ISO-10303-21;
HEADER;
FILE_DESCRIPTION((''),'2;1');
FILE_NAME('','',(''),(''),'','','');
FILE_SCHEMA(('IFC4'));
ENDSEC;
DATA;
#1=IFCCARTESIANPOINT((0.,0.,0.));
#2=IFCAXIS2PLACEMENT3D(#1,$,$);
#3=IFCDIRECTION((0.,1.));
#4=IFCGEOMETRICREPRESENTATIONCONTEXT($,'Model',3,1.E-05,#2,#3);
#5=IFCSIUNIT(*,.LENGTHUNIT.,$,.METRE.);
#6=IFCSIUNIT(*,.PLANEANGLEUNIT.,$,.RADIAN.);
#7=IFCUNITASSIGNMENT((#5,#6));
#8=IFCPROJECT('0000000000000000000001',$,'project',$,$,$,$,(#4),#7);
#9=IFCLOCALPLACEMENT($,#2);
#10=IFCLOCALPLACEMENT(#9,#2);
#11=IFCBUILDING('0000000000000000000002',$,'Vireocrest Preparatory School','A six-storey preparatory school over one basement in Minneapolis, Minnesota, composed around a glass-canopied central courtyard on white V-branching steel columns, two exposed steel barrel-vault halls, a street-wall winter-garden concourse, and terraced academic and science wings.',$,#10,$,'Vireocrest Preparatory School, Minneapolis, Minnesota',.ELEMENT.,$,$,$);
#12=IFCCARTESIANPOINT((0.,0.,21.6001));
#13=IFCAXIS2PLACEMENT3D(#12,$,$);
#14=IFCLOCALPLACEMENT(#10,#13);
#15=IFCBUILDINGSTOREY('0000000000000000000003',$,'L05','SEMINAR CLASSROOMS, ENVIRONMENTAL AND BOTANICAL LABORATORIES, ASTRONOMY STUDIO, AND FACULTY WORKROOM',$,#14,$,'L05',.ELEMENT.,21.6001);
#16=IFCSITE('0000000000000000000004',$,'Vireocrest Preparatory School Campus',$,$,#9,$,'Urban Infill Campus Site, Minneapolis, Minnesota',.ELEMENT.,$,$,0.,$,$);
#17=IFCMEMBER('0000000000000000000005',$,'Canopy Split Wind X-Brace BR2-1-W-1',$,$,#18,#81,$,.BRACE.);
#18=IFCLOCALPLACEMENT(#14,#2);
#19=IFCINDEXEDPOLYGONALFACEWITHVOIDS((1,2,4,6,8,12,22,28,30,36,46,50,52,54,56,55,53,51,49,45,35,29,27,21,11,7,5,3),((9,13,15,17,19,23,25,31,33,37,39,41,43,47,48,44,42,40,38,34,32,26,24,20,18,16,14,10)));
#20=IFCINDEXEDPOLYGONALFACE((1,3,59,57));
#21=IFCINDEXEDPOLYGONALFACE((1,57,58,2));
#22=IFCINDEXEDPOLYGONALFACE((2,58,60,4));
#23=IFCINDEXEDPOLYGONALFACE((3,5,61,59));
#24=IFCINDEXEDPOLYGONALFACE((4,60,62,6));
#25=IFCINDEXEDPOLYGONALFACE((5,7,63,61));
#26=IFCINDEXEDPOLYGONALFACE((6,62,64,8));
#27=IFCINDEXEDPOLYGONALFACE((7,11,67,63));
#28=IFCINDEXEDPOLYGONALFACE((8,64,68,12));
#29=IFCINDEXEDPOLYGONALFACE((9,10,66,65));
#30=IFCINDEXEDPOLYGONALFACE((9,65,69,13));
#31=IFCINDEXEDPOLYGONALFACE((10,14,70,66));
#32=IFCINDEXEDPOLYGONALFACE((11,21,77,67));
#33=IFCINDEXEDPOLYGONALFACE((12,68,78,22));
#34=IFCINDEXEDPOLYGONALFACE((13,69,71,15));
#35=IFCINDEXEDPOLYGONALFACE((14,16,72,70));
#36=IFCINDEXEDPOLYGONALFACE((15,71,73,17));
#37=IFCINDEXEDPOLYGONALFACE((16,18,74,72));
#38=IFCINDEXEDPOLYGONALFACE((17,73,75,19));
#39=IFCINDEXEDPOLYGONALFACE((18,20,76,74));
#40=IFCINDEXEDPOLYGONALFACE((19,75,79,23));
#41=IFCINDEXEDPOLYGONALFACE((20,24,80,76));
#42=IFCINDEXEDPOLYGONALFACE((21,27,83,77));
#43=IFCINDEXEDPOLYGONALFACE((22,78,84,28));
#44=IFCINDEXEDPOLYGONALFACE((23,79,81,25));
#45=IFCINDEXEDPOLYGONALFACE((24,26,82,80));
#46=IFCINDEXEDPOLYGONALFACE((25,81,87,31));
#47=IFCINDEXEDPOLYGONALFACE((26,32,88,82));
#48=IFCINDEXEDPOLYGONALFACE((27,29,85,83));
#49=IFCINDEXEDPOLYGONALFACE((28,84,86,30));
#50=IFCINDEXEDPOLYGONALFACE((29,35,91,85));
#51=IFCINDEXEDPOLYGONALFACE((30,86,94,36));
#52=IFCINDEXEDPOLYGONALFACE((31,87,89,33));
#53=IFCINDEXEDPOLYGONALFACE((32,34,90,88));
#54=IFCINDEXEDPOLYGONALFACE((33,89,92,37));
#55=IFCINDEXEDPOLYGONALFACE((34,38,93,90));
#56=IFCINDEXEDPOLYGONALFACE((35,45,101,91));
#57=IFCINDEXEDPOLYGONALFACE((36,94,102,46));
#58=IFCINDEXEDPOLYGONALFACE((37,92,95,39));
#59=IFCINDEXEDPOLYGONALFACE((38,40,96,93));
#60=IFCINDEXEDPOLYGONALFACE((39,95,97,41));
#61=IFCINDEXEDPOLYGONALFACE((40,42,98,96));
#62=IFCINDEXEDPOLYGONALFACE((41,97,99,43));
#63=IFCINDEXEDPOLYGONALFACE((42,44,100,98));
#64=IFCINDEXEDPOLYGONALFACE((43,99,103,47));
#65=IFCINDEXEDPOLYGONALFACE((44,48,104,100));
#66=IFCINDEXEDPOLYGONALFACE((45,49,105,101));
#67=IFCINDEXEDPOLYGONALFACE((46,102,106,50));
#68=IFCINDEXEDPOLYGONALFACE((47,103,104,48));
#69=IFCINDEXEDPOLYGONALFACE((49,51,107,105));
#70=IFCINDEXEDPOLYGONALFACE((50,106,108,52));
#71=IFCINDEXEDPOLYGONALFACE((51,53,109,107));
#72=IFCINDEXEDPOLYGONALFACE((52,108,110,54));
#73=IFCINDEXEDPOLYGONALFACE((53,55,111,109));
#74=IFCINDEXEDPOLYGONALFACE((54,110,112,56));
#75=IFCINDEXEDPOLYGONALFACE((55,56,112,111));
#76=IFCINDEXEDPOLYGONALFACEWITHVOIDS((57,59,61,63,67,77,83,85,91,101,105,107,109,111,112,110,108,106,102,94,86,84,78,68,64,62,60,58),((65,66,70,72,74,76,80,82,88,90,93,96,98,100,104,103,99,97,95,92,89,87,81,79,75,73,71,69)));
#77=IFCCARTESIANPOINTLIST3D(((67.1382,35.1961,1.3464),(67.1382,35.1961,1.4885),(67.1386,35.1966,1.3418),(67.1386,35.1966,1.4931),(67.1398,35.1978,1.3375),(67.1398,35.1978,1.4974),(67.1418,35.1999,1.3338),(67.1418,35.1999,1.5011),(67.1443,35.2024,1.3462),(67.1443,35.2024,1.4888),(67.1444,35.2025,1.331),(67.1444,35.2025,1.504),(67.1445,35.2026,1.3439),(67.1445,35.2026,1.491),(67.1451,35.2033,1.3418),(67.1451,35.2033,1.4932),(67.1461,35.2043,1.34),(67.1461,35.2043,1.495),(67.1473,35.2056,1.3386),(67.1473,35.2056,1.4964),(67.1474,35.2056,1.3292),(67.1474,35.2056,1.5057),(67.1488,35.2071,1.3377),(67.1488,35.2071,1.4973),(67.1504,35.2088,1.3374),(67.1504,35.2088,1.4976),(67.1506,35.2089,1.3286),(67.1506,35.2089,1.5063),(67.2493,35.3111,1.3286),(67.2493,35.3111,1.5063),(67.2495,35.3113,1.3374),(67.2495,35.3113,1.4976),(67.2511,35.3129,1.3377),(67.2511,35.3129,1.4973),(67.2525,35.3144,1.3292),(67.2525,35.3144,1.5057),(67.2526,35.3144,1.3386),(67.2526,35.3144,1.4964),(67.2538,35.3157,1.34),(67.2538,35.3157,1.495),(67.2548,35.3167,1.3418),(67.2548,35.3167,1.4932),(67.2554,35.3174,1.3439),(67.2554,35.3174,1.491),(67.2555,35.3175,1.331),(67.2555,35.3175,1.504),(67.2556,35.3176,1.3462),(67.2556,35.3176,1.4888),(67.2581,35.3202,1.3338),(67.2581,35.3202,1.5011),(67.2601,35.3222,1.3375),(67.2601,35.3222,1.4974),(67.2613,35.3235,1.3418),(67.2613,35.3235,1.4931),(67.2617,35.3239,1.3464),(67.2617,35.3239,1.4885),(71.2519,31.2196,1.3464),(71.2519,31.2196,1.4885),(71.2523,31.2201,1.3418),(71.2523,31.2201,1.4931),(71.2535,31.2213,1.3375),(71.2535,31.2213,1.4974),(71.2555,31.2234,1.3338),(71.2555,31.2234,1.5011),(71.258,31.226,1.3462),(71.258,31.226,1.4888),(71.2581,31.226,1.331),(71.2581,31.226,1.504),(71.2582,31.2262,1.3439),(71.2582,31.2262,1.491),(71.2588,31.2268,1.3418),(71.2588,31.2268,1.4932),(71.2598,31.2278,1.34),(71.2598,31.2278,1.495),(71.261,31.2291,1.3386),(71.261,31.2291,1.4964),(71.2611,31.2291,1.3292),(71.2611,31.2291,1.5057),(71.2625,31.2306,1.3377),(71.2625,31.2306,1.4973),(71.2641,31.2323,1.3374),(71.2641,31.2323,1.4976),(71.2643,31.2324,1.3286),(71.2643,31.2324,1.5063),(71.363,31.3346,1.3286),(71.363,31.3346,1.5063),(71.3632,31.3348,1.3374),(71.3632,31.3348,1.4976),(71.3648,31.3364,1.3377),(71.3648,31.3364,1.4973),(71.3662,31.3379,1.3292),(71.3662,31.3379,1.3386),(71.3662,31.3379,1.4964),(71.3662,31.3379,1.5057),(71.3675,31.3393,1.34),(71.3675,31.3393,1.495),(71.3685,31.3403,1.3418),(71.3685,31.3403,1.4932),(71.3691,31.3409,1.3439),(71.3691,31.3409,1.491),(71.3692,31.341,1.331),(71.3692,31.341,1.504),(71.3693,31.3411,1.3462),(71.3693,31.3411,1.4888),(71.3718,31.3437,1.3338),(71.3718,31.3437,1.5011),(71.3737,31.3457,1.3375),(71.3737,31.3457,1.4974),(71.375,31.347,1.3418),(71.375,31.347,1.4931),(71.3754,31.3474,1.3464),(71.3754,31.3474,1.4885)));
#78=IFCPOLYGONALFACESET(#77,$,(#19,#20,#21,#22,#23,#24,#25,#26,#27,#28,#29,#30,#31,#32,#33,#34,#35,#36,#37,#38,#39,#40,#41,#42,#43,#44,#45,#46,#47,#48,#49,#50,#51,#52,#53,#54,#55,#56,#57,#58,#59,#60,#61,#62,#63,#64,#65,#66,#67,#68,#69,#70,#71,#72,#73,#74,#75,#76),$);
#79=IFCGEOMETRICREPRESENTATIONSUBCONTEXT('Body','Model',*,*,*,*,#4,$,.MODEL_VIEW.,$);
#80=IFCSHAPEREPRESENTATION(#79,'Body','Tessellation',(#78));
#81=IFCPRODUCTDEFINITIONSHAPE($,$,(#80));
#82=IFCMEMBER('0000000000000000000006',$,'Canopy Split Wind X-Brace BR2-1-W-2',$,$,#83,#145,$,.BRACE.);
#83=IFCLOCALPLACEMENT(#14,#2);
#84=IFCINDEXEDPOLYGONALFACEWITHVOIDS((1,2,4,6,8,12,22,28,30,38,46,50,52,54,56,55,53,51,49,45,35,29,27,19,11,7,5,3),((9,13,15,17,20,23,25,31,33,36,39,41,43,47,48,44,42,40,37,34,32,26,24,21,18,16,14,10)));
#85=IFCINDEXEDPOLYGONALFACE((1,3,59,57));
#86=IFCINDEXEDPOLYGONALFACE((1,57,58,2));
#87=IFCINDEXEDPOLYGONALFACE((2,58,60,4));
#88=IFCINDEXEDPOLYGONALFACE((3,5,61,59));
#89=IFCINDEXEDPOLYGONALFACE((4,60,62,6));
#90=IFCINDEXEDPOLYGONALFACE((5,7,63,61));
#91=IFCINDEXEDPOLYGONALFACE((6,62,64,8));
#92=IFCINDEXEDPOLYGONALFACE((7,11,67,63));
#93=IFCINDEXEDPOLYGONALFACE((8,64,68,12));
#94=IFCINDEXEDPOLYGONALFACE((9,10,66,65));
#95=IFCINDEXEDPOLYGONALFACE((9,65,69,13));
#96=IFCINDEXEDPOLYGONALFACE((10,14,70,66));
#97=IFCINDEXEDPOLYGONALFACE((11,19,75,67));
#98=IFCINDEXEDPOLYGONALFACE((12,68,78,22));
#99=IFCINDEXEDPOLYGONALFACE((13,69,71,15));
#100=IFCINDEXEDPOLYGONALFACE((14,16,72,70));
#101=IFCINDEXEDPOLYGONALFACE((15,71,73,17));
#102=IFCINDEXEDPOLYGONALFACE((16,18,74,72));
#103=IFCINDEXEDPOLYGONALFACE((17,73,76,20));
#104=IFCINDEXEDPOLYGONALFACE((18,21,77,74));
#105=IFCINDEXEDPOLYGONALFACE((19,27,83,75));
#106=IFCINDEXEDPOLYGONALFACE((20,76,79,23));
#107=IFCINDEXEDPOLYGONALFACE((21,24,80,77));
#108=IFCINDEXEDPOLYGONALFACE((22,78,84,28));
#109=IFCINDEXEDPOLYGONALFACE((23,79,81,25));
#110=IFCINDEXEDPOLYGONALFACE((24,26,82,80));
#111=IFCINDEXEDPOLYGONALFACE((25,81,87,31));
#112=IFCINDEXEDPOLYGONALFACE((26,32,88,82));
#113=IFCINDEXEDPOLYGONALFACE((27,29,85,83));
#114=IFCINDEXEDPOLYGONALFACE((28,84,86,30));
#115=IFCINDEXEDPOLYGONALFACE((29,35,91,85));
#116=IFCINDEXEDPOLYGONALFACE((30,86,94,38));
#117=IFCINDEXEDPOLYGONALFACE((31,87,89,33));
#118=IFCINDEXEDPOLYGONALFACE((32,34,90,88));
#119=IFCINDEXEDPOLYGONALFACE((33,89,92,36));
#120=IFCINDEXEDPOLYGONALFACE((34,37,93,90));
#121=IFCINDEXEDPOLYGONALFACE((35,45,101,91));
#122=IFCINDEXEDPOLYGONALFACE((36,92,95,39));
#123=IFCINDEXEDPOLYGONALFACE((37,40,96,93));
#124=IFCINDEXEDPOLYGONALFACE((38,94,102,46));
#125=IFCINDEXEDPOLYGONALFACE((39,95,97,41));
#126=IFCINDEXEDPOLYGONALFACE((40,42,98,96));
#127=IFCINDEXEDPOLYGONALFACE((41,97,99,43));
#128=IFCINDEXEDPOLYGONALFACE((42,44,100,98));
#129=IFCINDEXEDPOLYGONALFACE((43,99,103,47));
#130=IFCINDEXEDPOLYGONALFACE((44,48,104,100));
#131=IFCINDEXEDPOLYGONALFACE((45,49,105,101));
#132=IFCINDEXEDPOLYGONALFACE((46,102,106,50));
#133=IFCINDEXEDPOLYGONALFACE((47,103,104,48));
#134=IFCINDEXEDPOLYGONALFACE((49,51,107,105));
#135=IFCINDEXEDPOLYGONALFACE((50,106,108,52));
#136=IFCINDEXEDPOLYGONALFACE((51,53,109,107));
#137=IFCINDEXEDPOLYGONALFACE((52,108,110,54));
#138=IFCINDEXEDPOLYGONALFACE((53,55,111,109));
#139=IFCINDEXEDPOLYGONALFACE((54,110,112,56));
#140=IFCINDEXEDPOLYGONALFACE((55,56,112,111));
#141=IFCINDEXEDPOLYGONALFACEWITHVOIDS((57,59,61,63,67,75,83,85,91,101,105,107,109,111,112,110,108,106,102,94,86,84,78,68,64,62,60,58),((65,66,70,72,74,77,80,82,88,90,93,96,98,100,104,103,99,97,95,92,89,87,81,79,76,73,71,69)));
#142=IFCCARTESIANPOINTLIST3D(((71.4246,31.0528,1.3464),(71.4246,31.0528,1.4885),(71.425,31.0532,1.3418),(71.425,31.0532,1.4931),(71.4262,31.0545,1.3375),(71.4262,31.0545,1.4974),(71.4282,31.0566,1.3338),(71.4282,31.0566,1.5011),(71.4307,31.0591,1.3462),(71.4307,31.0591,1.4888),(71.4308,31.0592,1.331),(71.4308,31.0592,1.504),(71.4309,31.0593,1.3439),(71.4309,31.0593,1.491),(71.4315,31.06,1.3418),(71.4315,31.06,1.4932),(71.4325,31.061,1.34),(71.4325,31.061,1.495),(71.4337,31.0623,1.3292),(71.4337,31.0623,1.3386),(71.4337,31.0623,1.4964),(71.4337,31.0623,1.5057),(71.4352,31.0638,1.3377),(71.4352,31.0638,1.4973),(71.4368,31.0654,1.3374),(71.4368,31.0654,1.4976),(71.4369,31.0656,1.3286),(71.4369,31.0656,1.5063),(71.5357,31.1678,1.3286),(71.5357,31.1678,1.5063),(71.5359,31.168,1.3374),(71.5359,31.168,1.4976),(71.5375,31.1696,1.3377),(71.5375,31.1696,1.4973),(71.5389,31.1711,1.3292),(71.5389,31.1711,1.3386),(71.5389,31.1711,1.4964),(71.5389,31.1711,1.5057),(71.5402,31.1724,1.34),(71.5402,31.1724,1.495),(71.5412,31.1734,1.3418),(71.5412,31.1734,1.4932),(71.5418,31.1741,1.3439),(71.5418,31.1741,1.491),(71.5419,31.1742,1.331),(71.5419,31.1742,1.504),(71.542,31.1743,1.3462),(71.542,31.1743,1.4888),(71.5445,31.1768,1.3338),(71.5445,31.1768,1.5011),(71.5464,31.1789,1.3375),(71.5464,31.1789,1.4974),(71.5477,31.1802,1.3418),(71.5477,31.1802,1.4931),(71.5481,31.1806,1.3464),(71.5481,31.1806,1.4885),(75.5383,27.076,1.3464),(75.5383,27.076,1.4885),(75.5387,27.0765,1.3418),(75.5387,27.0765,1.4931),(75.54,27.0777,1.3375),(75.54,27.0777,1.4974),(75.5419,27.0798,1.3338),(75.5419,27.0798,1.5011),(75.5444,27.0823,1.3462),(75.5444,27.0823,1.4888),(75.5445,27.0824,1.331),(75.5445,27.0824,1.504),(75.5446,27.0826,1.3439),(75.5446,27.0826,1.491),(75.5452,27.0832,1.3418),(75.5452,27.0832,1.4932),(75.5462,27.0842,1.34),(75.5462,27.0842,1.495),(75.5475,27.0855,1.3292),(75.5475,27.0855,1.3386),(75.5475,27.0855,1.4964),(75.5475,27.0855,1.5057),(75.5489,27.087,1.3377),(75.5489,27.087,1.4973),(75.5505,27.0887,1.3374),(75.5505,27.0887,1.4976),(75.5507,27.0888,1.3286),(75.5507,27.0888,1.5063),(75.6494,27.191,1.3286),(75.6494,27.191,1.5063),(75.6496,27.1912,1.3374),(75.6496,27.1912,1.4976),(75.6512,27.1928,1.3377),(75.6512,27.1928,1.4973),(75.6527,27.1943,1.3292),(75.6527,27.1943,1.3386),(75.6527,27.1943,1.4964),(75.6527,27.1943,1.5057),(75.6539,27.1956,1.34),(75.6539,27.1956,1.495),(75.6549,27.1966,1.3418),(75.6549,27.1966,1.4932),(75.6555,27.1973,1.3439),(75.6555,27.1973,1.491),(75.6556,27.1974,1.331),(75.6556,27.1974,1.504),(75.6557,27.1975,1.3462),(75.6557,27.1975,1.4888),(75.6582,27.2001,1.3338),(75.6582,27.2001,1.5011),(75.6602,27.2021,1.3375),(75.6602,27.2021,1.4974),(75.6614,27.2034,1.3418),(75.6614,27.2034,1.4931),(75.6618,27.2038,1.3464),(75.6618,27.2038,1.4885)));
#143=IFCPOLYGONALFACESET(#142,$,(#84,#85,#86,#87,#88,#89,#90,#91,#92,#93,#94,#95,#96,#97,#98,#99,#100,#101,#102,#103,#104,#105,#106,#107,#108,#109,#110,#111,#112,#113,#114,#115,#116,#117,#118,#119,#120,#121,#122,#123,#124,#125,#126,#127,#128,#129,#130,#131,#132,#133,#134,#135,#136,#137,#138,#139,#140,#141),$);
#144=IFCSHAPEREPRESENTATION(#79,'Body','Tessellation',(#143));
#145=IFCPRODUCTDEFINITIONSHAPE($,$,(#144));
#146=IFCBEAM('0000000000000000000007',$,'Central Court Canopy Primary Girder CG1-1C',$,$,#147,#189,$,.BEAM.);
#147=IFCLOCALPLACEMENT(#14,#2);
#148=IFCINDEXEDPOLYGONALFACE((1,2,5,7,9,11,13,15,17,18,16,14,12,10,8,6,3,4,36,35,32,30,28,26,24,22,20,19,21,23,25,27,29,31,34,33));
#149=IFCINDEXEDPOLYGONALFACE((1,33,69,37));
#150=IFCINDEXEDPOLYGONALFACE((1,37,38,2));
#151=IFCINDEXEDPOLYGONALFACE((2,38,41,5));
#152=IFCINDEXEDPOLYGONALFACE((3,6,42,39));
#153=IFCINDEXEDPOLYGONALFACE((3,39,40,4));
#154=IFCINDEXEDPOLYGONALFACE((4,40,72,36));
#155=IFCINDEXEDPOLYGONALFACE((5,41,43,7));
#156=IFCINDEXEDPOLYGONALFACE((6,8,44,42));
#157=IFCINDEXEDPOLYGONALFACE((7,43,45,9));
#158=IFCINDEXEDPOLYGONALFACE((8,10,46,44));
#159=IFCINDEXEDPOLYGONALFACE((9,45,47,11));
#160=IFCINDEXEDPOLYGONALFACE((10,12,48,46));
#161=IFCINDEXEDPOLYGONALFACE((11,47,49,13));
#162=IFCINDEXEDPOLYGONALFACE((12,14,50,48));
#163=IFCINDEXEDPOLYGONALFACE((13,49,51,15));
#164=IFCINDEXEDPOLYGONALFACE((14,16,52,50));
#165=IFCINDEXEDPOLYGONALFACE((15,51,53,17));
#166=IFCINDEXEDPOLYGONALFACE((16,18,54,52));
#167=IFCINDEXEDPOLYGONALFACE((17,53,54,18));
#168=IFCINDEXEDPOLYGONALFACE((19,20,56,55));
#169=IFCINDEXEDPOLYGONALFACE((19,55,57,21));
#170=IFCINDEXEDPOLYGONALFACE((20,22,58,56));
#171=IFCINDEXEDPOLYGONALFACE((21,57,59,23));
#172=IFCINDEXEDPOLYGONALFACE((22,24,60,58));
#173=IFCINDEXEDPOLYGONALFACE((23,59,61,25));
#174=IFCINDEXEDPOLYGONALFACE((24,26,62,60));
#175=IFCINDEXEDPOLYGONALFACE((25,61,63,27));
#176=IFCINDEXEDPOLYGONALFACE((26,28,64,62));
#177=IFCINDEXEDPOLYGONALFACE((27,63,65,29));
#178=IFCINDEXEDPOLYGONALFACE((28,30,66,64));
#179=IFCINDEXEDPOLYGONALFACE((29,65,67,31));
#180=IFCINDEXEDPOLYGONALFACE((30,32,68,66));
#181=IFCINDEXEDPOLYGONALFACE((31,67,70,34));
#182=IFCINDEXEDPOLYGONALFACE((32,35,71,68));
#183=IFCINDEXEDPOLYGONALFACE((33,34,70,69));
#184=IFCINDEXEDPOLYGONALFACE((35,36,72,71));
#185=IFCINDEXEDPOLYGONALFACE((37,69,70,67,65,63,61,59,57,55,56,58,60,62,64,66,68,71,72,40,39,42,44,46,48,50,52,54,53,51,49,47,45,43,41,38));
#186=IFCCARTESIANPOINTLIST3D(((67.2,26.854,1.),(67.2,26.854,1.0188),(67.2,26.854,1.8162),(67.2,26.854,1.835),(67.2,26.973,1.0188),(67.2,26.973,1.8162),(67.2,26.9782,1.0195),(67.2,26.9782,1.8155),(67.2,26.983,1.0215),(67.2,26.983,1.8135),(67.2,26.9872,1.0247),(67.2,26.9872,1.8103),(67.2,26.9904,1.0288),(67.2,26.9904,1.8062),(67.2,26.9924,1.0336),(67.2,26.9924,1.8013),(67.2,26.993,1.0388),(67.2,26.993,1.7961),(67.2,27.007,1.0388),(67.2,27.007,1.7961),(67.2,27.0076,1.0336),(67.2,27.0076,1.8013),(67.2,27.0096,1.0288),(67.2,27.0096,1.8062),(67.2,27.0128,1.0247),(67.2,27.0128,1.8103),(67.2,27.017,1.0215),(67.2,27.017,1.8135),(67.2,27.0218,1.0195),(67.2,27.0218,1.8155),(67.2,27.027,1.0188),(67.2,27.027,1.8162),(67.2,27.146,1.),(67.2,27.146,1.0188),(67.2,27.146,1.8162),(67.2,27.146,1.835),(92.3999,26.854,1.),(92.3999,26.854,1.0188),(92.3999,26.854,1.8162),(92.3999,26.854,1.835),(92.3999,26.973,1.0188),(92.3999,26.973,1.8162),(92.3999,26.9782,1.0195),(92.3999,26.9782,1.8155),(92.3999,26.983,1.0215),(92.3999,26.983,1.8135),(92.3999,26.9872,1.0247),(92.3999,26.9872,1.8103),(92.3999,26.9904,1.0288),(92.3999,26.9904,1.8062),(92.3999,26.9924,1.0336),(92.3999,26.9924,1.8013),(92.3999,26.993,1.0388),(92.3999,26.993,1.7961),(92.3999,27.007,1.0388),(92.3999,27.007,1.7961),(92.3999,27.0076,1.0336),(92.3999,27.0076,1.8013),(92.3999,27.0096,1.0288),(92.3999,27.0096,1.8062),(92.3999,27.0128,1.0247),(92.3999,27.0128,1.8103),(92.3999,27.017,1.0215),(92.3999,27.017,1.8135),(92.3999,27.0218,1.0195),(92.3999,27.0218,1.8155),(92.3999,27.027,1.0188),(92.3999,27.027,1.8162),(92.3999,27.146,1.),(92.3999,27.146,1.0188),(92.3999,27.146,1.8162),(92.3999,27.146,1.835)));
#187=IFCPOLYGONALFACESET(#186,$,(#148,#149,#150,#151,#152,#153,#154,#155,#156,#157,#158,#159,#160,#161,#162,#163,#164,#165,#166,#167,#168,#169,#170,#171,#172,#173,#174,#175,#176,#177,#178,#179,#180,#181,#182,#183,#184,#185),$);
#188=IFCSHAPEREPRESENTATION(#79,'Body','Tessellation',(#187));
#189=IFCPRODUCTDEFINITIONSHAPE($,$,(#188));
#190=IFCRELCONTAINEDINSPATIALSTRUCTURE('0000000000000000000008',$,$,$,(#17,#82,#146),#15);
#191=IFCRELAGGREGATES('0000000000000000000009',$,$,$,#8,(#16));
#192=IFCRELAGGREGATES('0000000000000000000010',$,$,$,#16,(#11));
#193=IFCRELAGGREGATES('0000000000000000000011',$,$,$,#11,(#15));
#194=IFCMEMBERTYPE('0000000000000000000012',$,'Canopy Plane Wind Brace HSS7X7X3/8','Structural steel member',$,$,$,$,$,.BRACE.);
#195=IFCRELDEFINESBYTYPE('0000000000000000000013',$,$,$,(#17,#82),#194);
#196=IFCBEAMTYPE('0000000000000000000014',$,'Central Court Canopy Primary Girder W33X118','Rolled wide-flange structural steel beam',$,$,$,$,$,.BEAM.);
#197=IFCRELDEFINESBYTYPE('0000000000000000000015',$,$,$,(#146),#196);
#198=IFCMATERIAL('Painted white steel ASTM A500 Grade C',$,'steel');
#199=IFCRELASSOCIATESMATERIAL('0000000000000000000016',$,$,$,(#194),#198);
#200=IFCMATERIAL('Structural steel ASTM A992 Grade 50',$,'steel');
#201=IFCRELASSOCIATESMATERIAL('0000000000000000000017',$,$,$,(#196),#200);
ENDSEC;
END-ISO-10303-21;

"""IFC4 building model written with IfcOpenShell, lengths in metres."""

from ifc_helpers import new_model, si_unit, direction, frame, origin, origin_2d, place, context, subcontext, project, spatial, hollow_rectangle, i_section, extrude, material, material_profile, profile_set, type_object, element, save


model = new_model("IFC4")

# Units and contexts
model_context = context("Model", 3, precision=1e-05, world=origin(), true_north=direction((0.0, 1.0)))
body_context = subcontext(model_context, "Body", "Model", "MODEL_VIEW")
ifc_project = project(units=[si_unit("LENGTHUNIT", "METRE"), si_unit("PLANEANGLEUNIT", "RADIAN")], contexts=[model_context])

# Site, building, storey
site_placement = place(None, origin())
site = spatial("IfcSite", under=ifc_project, at=site_placement, Name="Vireocrest Preparatory School Campus", LongName="Urban Infill Campus Site, Minneapolis, Minnesota", CompositionType="ELEMENT", RefElevation=0.0)
building_placement = place(site_placement, origin())
building = spatial("IfcBuilding", under=site, at=building_placement, Name="Vireocrest Preparatory School", Description="A six-storey preparatory school over one basement in Minneapolis, Minnesota, composed around a glass-canopied central courtyard on white V-branching steel columns, two exposed steel barrel-vault halls, a street-wall winter-garden concourse, and terraced academic and science wings.", LongName="Vireocrest Preparatory School, Minneapolis, Minnesota", CompositionType="ELEMENT")
storey_placement = place(building_placement, frame((0.0, 0.0, 21.6001)))
storey = spatial("IfcBuildingStorey", under=building, at=storey_placement, Name="L05", Description="SEMINAR CLASSROOMS, ENVIRONMENTAL AND BOTANICAL LABORATORIES, ASTRONOMY STUDIO, AND FACULTY WORKROOM", LongName="L05", CompositionType="ELEMENT", Elevation=21.6001)

# Shared definitions
ifc_material_1 = material(Name="Structural steel ASTM A992 Grade 50", Category="steel")

# Members
ifc_material_2 = material(Name="Painted white steel ASTM A500 Grade C", Category="steel")
ifc_material_profile_1 = material_profile(ifc_material_2, hollow_rectangle(XDim=0.1777, YDim=0.1777, WallThickness=0.0088, InnerFilletRadius=0.0088, OuterFilletRadius=0.0178, at=origin_2d()), Name="HSS7X7X3/8")
ifc_profile_set_1 = profile_set([ifc_material_profile_1], Name="Painted white steel ASTM A500 Grade C")
member_type_1 = type_object("IfcMemberType", Name="Canopy Plane Wind Brace HSS7X7X3/8", Description="Structural steel member", PredefinedType="BRACE", material=ifc_profile_set_1)
member_1_placement = place(storey_placement, frame((67.2, 35.26, 1.4175), z_axis=(0.718995, -0.695015, 0.0), x_axis=(0.695015, 0.718995, 0.0)))
element("IfcMember", 1, at=member_1_placement, inside=storey, type_object=member_type_1, Name="Canopy Split Wind X-Brace BR2-1-W-1", PredefinedType="BRACE", context=body_context, shape_type="SweptSolid", body=[
    extrude(hollow_rectangle(XDim=0.1777, YDim=0.1777, WallThickness=0.0088, InnerFilletRadius=0.0088, OuterFilletRadius=0.0178, at=origin_2d()), origin(), (0.0, 0.0, 1.0), 5.7214),
])
member_2_placement = place(storey_placement, frame((71.4863, 31.1167, 1.4175), z_axis=(0.718974, -0.695037, 0.0), x_axis=(0.695037, 0.718974, 0.0)))
element("IfcMember", 2, at=member_2_placement, inside=storey, type_object=member_type_1, Name="Canopy Split Wind X-Brace BR2-1-W-2", PredefinedType="BRACE", context=body_context, shape_type="SweptSolid", body=[
    extrude(hollow_rectangle(XDim=0.1777, YDim=0.1777, WallThickness=0.0088, InnerFilletRadius=0.0088, OuterFilletRadius=0.0178, at=origin_2d()), origin(), (0.0, 0.0, 1.0), 5.7217),
])

# Beam
ifc_material_profile_2 = material_profile(ifc_material_1, i_section(OverallWidth=0.292, OverallDepth=0.835, WebThickness=0.0139, FlangeThickness=0.0188, FilletRadius=0.02, at=origin_2d()), Name="W33X118")
ifc_profile_set_2 = profile_set([ifc_material_profile_2], Name="Structural steel ASTM A992 Grade 50")
beam_type_1 = type_object("IfcBeamType", Name="Central Court Canopy Primary Girder W33X118", Description="Rolled wide-flange structural steel beam", PredefinedType="BEAM", material=ifc_profile_set_2)
for number, where, z_axis, x_axis, name in (
    (3, (67.2, 27.0, 1.4175), (1.0, 0.0, 0.0), (0.0, 1.0, 0.0), "Central Court Canopy Primary Girder CG1-1C"),
):
    element("IfcBeam", number, at=place(storey_placement, frame(where, z_axis=z_axis, x_axis=x_axis)), inside=storey, type_object=beam_type_1, Name=name, PredefinedType="BEAM", context=body_context, shape_type="SweptSolid", body=[
        extrude(i_section(OverallWidth=0.292, OverallDepth=0.835, WebThickness=0.0139, FlangeThickness=0.0188, FilletRadius=0.02, at=origin_2d()), origin(), (0.0, 0.0, 1.0), 25.2),
    ])

save(model, "model.ifc")
